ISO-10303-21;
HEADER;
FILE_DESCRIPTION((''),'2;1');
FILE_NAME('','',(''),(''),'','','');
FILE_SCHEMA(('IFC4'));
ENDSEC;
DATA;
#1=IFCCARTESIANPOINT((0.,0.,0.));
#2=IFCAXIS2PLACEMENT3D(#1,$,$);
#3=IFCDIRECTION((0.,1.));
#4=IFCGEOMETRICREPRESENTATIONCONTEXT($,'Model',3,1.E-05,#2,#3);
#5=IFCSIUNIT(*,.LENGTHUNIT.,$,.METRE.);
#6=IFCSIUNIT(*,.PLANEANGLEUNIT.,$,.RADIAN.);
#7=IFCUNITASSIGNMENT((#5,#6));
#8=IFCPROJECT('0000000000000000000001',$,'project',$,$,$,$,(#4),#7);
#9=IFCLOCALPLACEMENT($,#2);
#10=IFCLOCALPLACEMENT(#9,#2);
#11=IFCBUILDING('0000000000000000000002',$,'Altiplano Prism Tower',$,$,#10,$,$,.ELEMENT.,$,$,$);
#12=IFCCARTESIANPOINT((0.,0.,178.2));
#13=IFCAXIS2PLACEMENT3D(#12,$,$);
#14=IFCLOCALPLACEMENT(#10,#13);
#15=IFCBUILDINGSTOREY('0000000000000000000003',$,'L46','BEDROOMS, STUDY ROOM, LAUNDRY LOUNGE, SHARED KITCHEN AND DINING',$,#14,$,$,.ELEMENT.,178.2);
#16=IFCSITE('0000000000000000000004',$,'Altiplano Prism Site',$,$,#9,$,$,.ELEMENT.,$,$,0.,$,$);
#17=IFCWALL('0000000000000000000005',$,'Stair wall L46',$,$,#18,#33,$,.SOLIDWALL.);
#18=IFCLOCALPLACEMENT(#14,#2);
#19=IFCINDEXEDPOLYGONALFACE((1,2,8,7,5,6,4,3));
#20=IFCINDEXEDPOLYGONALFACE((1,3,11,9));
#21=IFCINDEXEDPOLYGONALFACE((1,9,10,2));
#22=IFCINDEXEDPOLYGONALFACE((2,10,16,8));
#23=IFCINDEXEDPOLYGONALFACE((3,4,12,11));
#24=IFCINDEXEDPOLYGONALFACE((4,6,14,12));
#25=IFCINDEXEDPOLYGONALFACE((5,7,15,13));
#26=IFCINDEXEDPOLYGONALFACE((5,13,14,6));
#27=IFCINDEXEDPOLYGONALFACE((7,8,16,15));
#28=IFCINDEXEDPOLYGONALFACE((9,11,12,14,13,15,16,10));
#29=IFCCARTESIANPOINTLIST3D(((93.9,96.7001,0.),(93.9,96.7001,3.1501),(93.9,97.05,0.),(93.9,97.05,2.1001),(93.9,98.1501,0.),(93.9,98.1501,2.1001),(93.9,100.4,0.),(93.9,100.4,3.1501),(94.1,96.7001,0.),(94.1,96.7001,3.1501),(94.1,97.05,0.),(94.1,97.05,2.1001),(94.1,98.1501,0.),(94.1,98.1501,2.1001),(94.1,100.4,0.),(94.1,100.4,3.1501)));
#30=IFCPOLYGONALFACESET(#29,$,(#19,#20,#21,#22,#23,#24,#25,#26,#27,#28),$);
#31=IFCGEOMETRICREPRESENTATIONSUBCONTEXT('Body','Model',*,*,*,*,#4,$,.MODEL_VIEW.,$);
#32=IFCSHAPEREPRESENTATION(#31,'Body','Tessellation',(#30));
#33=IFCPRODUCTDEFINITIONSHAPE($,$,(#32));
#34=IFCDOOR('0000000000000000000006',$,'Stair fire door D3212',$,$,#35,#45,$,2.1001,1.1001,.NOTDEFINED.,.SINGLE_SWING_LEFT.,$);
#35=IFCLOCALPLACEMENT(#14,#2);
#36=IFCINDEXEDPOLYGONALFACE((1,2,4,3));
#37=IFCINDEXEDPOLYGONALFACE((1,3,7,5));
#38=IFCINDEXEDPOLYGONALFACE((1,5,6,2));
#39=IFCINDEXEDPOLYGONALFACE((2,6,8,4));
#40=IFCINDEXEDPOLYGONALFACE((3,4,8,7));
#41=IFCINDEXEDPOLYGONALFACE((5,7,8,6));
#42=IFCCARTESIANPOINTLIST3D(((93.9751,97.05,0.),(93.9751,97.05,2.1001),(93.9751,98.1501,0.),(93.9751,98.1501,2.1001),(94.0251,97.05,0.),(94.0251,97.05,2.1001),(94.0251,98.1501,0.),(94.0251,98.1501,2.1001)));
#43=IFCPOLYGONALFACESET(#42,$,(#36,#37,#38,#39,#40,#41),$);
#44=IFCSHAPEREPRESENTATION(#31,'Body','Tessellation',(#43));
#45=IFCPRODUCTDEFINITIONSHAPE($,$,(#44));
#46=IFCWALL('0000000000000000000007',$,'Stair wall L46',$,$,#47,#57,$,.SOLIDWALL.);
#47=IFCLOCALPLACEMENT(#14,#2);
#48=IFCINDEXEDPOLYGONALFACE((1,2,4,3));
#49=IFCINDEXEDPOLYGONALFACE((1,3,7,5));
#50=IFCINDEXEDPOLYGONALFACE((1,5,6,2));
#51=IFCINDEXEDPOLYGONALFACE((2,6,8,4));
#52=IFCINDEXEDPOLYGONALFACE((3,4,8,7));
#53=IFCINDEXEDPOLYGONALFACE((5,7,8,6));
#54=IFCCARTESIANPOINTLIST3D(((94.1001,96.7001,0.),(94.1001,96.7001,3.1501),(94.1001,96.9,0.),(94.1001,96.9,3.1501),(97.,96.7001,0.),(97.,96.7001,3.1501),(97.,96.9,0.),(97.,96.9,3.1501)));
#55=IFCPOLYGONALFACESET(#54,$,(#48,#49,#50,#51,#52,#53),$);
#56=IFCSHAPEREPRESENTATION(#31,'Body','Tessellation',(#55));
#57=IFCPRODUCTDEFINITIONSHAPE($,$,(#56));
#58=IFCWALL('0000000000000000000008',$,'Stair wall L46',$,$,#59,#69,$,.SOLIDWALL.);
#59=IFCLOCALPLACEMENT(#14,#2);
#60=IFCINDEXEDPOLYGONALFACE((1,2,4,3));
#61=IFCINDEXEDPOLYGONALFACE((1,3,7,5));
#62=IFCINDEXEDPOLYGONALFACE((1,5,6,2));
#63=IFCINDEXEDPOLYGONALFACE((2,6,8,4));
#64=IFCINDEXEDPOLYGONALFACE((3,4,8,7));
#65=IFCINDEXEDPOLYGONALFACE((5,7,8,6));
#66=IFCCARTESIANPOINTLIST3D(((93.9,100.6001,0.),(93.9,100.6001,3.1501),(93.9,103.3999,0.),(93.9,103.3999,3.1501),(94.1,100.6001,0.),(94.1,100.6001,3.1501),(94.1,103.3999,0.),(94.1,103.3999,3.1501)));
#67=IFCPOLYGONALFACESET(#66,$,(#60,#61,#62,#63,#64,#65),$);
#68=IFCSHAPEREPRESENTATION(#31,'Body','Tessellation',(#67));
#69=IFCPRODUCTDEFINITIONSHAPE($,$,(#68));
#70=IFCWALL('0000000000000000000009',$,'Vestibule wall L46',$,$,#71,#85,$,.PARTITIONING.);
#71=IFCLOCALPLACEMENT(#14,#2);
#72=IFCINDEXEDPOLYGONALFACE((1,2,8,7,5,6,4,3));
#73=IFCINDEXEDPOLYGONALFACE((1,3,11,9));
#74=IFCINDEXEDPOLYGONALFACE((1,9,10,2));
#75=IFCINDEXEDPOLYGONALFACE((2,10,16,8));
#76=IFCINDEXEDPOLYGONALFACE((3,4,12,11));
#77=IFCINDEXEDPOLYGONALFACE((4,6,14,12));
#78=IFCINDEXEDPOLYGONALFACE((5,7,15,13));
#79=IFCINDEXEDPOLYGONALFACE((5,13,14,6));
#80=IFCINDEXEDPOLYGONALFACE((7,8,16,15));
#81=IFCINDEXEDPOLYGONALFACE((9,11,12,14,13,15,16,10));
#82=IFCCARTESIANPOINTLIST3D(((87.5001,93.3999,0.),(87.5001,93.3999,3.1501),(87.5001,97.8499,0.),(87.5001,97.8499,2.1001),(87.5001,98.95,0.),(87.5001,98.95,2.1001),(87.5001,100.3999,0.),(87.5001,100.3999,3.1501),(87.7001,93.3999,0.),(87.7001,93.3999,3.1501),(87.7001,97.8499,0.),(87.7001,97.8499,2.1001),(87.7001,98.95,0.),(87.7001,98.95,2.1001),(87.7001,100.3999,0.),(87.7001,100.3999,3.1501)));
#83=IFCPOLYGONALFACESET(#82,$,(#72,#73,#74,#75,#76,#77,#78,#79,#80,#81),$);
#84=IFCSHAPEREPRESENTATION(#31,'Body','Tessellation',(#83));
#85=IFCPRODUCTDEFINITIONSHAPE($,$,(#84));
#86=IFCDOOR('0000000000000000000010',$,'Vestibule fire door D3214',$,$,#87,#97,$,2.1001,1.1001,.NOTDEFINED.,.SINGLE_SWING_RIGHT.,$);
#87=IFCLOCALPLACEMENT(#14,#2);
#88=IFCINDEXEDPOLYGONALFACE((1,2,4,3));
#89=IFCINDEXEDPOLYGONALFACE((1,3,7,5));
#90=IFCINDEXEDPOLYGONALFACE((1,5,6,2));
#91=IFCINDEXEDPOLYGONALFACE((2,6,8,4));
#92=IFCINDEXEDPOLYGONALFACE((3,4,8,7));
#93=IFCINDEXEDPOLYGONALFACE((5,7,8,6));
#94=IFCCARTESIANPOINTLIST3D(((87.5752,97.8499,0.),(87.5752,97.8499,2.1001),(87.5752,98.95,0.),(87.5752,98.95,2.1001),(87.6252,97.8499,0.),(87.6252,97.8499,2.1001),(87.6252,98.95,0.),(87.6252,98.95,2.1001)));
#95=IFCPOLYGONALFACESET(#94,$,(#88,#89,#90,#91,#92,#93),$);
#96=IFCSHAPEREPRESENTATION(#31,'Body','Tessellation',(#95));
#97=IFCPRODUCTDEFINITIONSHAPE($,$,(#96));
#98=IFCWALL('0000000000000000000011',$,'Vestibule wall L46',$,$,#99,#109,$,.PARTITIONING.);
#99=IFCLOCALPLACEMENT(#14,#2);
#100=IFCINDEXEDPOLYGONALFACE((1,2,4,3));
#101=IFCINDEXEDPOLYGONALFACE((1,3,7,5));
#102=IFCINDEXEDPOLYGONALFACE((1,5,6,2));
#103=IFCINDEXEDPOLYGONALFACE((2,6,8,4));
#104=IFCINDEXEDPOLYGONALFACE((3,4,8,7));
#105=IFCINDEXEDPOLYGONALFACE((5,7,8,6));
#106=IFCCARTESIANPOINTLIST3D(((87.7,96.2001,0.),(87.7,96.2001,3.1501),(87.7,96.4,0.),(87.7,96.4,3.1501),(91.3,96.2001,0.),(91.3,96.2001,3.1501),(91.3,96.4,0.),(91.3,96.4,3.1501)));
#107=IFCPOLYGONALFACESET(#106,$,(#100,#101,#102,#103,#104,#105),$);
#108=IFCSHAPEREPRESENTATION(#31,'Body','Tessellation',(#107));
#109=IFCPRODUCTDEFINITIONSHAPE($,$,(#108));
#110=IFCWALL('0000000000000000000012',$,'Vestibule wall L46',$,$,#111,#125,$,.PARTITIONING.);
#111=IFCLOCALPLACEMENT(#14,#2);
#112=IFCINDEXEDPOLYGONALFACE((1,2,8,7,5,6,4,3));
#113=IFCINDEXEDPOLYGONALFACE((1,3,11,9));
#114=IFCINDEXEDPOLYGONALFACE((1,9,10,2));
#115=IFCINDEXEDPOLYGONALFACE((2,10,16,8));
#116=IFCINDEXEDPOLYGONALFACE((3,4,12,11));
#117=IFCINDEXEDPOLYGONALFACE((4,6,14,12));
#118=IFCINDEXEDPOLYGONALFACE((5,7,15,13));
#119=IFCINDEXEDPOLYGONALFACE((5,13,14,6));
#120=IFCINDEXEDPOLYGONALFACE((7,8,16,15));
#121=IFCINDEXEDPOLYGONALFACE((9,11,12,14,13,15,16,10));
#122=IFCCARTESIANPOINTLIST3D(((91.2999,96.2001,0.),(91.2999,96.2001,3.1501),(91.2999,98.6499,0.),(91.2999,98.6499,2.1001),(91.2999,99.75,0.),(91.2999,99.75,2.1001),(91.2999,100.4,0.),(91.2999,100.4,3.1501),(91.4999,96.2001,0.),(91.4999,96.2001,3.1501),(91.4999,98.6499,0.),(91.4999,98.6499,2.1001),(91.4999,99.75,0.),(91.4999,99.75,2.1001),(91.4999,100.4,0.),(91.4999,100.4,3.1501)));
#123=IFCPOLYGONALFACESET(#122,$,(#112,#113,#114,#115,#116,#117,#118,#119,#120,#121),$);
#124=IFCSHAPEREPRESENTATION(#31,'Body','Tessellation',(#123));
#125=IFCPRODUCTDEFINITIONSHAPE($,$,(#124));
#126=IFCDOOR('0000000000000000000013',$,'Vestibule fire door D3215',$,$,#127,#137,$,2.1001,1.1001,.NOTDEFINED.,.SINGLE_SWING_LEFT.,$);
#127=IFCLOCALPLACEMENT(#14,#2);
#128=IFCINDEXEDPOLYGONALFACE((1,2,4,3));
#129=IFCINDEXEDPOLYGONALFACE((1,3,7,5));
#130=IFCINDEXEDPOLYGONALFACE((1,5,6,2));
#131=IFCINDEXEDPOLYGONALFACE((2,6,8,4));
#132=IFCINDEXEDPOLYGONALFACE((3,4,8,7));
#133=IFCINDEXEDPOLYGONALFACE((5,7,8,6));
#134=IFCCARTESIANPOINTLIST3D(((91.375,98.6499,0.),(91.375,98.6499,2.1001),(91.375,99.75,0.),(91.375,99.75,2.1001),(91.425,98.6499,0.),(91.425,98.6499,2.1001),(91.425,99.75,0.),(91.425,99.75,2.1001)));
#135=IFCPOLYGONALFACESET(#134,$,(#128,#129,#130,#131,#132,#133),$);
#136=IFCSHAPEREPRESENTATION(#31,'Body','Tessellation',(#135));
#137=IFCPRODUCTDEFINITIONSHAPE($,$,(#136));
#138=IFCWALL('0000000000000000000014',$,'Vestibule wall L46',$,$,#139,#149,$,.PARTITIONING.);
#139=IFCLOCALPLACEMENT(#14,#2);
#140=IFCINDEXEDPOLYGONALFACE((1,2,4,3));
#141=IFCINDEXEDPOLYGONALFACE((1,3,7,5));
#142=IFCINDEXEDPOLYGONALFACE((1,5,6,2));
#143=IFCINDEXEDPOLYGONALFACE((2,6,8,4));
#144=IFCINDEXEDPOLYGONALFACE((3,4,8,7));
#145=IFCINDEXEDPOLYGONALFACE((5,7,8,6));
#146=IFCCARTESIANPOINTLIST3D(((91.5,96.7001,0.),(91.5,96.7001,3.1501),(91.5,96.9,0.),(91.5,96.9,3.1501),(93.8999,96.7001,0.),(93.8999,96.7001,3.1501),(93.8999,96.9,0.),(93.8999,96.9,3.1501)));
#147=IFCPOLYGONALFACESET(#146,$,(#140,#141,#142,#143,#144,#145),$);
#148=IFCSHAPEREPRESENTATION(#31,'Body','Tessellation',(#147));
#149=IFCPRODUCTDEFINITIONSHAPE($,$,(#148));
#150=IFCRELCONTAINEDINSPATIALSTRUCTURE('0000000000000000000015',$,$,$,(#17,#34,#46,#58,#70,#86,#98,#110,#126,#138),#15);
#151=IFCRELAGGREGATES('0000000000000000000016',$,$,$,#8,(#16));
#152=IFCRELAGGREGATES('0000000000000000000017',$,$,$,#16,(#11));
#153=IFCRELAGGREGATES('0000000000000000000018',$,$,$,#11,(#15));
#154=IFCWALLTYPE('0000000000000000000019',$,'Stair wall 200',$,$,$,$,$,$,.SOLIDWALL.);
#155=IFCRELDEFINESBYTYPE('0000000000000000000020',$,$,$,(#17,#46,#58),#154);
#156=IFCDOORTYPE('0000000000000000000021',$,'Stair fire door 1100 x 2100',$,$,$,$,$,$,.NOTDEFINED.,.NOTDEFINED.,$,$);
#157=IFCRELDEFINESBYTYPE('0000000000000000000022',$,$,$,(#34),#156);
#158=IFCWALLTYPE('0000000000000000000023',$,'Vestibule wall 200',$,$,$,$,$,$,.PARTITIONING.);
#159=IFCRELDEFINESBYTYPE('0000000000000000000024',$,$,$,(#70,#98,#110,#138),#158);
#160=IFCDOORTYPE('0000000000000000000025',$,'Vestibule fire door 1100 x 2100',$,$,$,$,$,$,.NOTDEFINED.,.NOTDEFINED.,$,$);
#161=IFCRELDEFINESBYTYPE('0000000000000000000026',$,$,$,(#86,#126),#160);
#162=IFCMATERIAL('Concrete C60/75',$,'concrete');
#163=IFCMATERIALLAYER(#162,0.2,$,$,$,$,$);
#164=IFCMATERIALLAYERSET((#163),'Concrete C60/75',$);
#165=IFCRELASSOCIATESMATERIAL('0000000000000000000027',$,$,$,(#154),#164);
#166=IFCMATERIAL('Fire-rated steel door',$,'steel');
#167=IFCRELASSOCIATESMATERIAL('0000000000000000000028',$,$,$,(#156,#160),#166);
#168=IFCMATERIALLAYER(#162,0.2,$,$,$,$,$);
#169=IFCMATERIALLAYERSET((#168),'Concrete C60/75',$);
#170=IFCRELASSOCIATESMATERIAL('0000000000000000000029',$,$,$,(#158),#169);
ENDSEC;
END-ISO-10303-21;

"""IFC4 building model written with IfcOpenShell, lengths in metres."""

from ifc_helpers import new_model, si_unit, direction, frame, frame_2d, origin, place, context, subcontext, project, spatial, rectangle, extrude, material, layer, layer_set, type_object, element, fill, save


model = new_model("IFC4")

# Units and contexts
model_context = context("Model", 3, precision=1e-05, world=origin(), true_north=direction((0.0, 1.0)))
body_context = subcontext(model_context, "Body", "Model", "MODEL_VIEW")
ifc_project = project(units=[si_unit("LENGTHUNIT", "METRE"), si_unit("PLANEANGLEUNIT", "RADIAN")], contexts=[model_context])

# Site, building, storey
site_placement = place(None, origin())
site = spatial("IfcSite", under=ifc_project, at=site_placement, Name="Altiplano Prism Site", CompositionType="ELEMENT", RefElevation=0.0)
building_placement = place(site_placement, origin())
building = spatial("IfcBuilding", under=site, at=building_placement, Name="Altiplano Prism Tower", CompositionType="ELEMENT")
storey_placement = place(building_placement, frame((0.0, 0.0, 178.2)))
storey = spatial("IfcBuildingStorey", under=building, at=storey_placement, Name="L46", Description="BEDROOMS, STUDY ROOM, LAUNDRY LOUNGE, SHARED KITCHEN AND DINING", CompositionType="ELEMENT", Elevation=178.2)

# Shared definitions
ifc_material_1 = material(Name="Concrete C60/75", Category="concrete")

# Wall, opening, door
ifc_layer_1 = layer(ifc_material_1, 0.2)
ifc_layer_set_1 = layer_set([ifc_layer_1], Name="Concrete C60/75")
wall_type_1 = type_object("IfcWallType", Name="Stair wall 200", PredefinedType="SOLIDWALL", material=ifc_layer_set_1)
wall_1_placement = place(storey_placement, frame((94.0, 96.7, 0.0), z_axis=(0.0, 0.0, 1.0), x_axis=(0.0, 1.0, 0.0)))
wall_1 = element("IfcWall", 1, at=wall_1_placement, inside=storey, type_object=wall_type_1, Name="Stair wall L46", PredefinedType="SOLIDWALL", context=body_context, shape_type="SweptSolid", body=[
    extrude(rectangle(XDim=3.7, YDim=0.2, at=frame_2d((1.8501, 0.0))), origin(), (0.0, 0.0, 1.0), 3.1501),
])
opening_1_placement = place(wall_1_placement, frame((0.3501, 0.0, 0.0)))
opening_1 = element("IfcOpeningElement", 2, at=opening_1_placement, cuts=wall_1, PredefinedType="OPENING", context=body_context, shape_type="SweptSolid", body=[
    extrude(rectangle(XDim=1.1001, YDim=2.1001, at=frame_2d((0.55, 1.05))), frame((0.0, 0.1104, 0.0), z_axis=(0.0, -1.0, 0.0), x_axis=(1.0, 0.0, 0.0)), (0.0, 0.0, 1.0), 0.2209),
])
ifc_material_2 = material(Name="Fire-rated steel door", Category="steel")
door_type_1 = type_object("IfcDoorType", Name="Stair fire door 1100 x 2100", OperationType="NOTDEFINED", PredefinedType="NOTDEFINED", material=ifc_material_2)
door_1_placement = place(opening_1_placement, origin())
door_1 = element("IfcDoor", 3, at=door_1_placement, inside=storey, type_object=door_type_1, Name="Stair fire door D3212", OperationType="SINGLE_SWING_LEFT", OverallHeight=2.1001, OverallWidth=1.1001, PredefinedType="NOTDEFINED", context=body_context, shape_type="SweptSolid", body=[
    extrude(rectangle(XDim=1.1001, YDim=2.1001, at=frame_2d((0.55, 1.05))), frame((0.0, 0.0249, 0.0), z_axis=(0.0, -1.0, 0.0), x_axis=(1.0, 0.0, 0.0)), (0.0, 0.0, 1.0), 0.05),
])
fill(opening_1, door_1)

# Walls
wall_2_placement = place(storey_placement, frame((94.1001, 96.8, 0.0), z_axis=(0.0, 0.0, 1.0), x_axis=(1.0, 0.0, 0.0)))
element("IfcWall", 4, at=wall_2_placement, inside=storey, type_object=wall_type_1, Name="Stair wall L46", PredefinedType="SOLIDWALL", context=body_context, shape_type="SweptSolid", body=[
    extrude(rectangle(XDim=2.8999, YDim=0.2, at=frame_2d((1.45, 0.0))), origin(), (0.0, 0.0, 1.0), 3.1501),
])
wall_3_placement = place(storey_placement, frame((94.0, 100.6001, 0.0), z_axis=(0.0, 0.0, 1.0), x_axis=(0.0, 1.0, 0.0)))
element("IfcWall", 5, at=wall_3_placement, inside=storey, type_object=wall_type_1, Name="Stair wall L46", PredefinedType="SOLIDWALL", context=body_context, shape_type="SweptSolid", body=[
    extrude(rectangle(XDim=2.7998, YDim=0.2, at=frame_2d((1.3999, 0.0))), origin(), (0.0, 0.0, 1.0), 3.1501),
])

# Wall, opening, door
ifc_layer_2 = layer(ifc_material_1, 0.2)
ifc_layer_set_2 = layer_set([ifc_layer_2], Name="Concrete C60/75")
wall_type_2 = type_object("IfcWallType", Name="Vestibule wall 200", PredefinedType="PARTITIONING", material=ifc_layer_set_2)
wall_4_placement = place(storey_placement, frame((87.6001, 93.3999, 0.0), z_axis=(0.0, 0.0, 1.0), x_axis=(0.0, 1.0, 0.0)))
wall_4 = element("IfcWall", 6, at=wall_4_placement, inside=storey, type_object=wall_type_2, Name="Vestibule wall L46", PredefinedType="PARTITIONING", context=body_context, shape_type="SweptSolid", body=[
    extrude(rectangle(XDim=7.0, YDim=0.2, at=frame_2d((3.5, 0.0))), origin(), (0.0, 0.0, 1.0), 3.1501),
])
opening_2_placement = place(wall_4_placement, frame((4.45, 0.0, 0.0)))
opening_2 = element("IfcOpeningElement", 7, at=opening_2_placement, cuts=wall_4, PredefinedType="OPENING", context=body_context, shape_type="SweptSolid", body=[
    extrude(rectangle(XDim=1.1001, YDim=2.1001, at=frame_2d((0.55, 1.05))), frame((0.0, 0.1104, 0.0), z_axis=(0.0, -1.0, 0.0), x_axis=(1.0, 0.0, 0.0)), (0.0, 0.0, 1.0), 0.2209),
])
door_type_2 = type_object("IfcDoorType", Name="Vestibule fire door 1100 x 2100", OperationType="NOTDEFINED", PredefinedType="NOTDEFINED", material=ifc_material_2)
door_2_placement = place(opening_2_placement, origin())
door_2 = element("IfcDoor", 8, at=door_2_placement, inside=storey, type_object=door_type_2, Name="Vestibule fire door D3214", OperationType="SINGLE_SWING_RIGHT", OverallHeight=2.1001, OverallWidth=1.1001, PredefinedType="NOTDEFINED", context=body_context, shape_type="SweptSolid", body=[
    extrude(rectangle(XDim=1.1001, YDim=2.1001, at=frame_2d((0.55, 1.05))), frame((0.0, 0.0249, 0.0), z_axis=(0.0, -1.0, 0.0), x_axis=(1.0, 0.0, 0.0)), (0.0, 0.0, 1.0), 0.05),
])
fill(opening_2, door_2)

# Wall
wall_5_placement = place(storey_placement, frame((87.7, 96.3, 0.0), z_axis=(0.0, 0.0, 1.0), x_axis=(1.0, 0.0, 0.0)))
element("IfcWall", 9, at=wall_5_placement, inside=storey, type_object=wall_type_2, Name="Vestibule wall L46", PredefinedType="PARTITIONING", context=body_context, shape_type="SweptSolid", body=[
    extrude(rectangle(XDim=3.6001, YDim=0.2, at=frame_2d((1.8, 0.0))), origin(), (0.0, 0.0, 1.0), 3.1501),
])

# Wall, opening, door
wall_6_placement = place(storey_placement, frame((91.3999, 96.2, 0.0), z_axis=(0.0, 0.0, 1.0), x_axis=(0.0, 1.0, 0.0)))
wall_6 = element("IfcWall", 10, at=wall_6_placement, inside=storey, type_object=wall_type_2, Name="Vestibule wall L46", PredefinedType="PARTITIONING", context=body_context, shape_type="SweptSolid", body=[
    extrude(rectangle(XDim=4.2, YDim=0.2, at=frame_2d((2.1001, 0.0))), origin(), (0.0, 0.0, 1.0), 3.1501),
])
opening_3_placement = place(wall_6_placement, frame((2.45, 0.0, 0.0)))
opening_3 = element("IfcOpeningElement", 11, at=opening_3_placement, cuts=wall_6, PredefinedType="OPENING", context=body_context, shape_type="SweptSolid", body=[
    extrude(rectangle(XDim=1.1001, YDim=2.1001, at=frame_2d((0.55, 1.05))), frame((0.0, 0.1104, 0.0), z_axis=(0.0, -1.0, 0.0), x_axis=(1.0, 0.0, 0.0)), (0.0, 0.0, 1.0), 0.2209),
])
door_3_placement = place(opening_3_placement, origin())
door_3 = element("IfcDoor", 12, at=door_3_placement, inside=storey, type_object=door_type_2, Name="Vestibule fire door D3215", OperationType="SINGLE_SWING_LEFT", OverallHeight=2.1001, OverallWidth=1.1001, PredefinedType="NOTDEFINED", context=body_context, shape_type="SweptSolid", body=[
    extrude(rectangle(XDim=1.1001, YDim=2.1001, at=frame_2d((0.55, 1.05))), frame((0.0, 0.0249, 0.0), z_axis=(0.0, -1.0, 0.0), x_axis=(1.0, 0.0, 0.0)), (0.0, 0.0, 1.0), 0.05),
])
fill(opening_3, door_3)

# Wall
wall_7_placement = place(storey_placement, frame((91.5, 96.8, 0.0), z_axis=(0.0, 0.0, 1.0), x_axis=(1.0, 0.0, 0.0)))
element("IfcWall", 13, at=wall_7_placement, inside=storey, type_object=wall_type_2, Name="Vestibule wall L46", PredefinedType="PARTITIONING", context=body_context, shape_type="SweptSolid", body=[
    extrude(rectangle(XDim=2.3999, YDim=0.2, at=frame_2d((1.2, 0.0))), origin(), (0.0, 0.0, 1.0), 3.1501),
])

save(model, "model.ifc")
